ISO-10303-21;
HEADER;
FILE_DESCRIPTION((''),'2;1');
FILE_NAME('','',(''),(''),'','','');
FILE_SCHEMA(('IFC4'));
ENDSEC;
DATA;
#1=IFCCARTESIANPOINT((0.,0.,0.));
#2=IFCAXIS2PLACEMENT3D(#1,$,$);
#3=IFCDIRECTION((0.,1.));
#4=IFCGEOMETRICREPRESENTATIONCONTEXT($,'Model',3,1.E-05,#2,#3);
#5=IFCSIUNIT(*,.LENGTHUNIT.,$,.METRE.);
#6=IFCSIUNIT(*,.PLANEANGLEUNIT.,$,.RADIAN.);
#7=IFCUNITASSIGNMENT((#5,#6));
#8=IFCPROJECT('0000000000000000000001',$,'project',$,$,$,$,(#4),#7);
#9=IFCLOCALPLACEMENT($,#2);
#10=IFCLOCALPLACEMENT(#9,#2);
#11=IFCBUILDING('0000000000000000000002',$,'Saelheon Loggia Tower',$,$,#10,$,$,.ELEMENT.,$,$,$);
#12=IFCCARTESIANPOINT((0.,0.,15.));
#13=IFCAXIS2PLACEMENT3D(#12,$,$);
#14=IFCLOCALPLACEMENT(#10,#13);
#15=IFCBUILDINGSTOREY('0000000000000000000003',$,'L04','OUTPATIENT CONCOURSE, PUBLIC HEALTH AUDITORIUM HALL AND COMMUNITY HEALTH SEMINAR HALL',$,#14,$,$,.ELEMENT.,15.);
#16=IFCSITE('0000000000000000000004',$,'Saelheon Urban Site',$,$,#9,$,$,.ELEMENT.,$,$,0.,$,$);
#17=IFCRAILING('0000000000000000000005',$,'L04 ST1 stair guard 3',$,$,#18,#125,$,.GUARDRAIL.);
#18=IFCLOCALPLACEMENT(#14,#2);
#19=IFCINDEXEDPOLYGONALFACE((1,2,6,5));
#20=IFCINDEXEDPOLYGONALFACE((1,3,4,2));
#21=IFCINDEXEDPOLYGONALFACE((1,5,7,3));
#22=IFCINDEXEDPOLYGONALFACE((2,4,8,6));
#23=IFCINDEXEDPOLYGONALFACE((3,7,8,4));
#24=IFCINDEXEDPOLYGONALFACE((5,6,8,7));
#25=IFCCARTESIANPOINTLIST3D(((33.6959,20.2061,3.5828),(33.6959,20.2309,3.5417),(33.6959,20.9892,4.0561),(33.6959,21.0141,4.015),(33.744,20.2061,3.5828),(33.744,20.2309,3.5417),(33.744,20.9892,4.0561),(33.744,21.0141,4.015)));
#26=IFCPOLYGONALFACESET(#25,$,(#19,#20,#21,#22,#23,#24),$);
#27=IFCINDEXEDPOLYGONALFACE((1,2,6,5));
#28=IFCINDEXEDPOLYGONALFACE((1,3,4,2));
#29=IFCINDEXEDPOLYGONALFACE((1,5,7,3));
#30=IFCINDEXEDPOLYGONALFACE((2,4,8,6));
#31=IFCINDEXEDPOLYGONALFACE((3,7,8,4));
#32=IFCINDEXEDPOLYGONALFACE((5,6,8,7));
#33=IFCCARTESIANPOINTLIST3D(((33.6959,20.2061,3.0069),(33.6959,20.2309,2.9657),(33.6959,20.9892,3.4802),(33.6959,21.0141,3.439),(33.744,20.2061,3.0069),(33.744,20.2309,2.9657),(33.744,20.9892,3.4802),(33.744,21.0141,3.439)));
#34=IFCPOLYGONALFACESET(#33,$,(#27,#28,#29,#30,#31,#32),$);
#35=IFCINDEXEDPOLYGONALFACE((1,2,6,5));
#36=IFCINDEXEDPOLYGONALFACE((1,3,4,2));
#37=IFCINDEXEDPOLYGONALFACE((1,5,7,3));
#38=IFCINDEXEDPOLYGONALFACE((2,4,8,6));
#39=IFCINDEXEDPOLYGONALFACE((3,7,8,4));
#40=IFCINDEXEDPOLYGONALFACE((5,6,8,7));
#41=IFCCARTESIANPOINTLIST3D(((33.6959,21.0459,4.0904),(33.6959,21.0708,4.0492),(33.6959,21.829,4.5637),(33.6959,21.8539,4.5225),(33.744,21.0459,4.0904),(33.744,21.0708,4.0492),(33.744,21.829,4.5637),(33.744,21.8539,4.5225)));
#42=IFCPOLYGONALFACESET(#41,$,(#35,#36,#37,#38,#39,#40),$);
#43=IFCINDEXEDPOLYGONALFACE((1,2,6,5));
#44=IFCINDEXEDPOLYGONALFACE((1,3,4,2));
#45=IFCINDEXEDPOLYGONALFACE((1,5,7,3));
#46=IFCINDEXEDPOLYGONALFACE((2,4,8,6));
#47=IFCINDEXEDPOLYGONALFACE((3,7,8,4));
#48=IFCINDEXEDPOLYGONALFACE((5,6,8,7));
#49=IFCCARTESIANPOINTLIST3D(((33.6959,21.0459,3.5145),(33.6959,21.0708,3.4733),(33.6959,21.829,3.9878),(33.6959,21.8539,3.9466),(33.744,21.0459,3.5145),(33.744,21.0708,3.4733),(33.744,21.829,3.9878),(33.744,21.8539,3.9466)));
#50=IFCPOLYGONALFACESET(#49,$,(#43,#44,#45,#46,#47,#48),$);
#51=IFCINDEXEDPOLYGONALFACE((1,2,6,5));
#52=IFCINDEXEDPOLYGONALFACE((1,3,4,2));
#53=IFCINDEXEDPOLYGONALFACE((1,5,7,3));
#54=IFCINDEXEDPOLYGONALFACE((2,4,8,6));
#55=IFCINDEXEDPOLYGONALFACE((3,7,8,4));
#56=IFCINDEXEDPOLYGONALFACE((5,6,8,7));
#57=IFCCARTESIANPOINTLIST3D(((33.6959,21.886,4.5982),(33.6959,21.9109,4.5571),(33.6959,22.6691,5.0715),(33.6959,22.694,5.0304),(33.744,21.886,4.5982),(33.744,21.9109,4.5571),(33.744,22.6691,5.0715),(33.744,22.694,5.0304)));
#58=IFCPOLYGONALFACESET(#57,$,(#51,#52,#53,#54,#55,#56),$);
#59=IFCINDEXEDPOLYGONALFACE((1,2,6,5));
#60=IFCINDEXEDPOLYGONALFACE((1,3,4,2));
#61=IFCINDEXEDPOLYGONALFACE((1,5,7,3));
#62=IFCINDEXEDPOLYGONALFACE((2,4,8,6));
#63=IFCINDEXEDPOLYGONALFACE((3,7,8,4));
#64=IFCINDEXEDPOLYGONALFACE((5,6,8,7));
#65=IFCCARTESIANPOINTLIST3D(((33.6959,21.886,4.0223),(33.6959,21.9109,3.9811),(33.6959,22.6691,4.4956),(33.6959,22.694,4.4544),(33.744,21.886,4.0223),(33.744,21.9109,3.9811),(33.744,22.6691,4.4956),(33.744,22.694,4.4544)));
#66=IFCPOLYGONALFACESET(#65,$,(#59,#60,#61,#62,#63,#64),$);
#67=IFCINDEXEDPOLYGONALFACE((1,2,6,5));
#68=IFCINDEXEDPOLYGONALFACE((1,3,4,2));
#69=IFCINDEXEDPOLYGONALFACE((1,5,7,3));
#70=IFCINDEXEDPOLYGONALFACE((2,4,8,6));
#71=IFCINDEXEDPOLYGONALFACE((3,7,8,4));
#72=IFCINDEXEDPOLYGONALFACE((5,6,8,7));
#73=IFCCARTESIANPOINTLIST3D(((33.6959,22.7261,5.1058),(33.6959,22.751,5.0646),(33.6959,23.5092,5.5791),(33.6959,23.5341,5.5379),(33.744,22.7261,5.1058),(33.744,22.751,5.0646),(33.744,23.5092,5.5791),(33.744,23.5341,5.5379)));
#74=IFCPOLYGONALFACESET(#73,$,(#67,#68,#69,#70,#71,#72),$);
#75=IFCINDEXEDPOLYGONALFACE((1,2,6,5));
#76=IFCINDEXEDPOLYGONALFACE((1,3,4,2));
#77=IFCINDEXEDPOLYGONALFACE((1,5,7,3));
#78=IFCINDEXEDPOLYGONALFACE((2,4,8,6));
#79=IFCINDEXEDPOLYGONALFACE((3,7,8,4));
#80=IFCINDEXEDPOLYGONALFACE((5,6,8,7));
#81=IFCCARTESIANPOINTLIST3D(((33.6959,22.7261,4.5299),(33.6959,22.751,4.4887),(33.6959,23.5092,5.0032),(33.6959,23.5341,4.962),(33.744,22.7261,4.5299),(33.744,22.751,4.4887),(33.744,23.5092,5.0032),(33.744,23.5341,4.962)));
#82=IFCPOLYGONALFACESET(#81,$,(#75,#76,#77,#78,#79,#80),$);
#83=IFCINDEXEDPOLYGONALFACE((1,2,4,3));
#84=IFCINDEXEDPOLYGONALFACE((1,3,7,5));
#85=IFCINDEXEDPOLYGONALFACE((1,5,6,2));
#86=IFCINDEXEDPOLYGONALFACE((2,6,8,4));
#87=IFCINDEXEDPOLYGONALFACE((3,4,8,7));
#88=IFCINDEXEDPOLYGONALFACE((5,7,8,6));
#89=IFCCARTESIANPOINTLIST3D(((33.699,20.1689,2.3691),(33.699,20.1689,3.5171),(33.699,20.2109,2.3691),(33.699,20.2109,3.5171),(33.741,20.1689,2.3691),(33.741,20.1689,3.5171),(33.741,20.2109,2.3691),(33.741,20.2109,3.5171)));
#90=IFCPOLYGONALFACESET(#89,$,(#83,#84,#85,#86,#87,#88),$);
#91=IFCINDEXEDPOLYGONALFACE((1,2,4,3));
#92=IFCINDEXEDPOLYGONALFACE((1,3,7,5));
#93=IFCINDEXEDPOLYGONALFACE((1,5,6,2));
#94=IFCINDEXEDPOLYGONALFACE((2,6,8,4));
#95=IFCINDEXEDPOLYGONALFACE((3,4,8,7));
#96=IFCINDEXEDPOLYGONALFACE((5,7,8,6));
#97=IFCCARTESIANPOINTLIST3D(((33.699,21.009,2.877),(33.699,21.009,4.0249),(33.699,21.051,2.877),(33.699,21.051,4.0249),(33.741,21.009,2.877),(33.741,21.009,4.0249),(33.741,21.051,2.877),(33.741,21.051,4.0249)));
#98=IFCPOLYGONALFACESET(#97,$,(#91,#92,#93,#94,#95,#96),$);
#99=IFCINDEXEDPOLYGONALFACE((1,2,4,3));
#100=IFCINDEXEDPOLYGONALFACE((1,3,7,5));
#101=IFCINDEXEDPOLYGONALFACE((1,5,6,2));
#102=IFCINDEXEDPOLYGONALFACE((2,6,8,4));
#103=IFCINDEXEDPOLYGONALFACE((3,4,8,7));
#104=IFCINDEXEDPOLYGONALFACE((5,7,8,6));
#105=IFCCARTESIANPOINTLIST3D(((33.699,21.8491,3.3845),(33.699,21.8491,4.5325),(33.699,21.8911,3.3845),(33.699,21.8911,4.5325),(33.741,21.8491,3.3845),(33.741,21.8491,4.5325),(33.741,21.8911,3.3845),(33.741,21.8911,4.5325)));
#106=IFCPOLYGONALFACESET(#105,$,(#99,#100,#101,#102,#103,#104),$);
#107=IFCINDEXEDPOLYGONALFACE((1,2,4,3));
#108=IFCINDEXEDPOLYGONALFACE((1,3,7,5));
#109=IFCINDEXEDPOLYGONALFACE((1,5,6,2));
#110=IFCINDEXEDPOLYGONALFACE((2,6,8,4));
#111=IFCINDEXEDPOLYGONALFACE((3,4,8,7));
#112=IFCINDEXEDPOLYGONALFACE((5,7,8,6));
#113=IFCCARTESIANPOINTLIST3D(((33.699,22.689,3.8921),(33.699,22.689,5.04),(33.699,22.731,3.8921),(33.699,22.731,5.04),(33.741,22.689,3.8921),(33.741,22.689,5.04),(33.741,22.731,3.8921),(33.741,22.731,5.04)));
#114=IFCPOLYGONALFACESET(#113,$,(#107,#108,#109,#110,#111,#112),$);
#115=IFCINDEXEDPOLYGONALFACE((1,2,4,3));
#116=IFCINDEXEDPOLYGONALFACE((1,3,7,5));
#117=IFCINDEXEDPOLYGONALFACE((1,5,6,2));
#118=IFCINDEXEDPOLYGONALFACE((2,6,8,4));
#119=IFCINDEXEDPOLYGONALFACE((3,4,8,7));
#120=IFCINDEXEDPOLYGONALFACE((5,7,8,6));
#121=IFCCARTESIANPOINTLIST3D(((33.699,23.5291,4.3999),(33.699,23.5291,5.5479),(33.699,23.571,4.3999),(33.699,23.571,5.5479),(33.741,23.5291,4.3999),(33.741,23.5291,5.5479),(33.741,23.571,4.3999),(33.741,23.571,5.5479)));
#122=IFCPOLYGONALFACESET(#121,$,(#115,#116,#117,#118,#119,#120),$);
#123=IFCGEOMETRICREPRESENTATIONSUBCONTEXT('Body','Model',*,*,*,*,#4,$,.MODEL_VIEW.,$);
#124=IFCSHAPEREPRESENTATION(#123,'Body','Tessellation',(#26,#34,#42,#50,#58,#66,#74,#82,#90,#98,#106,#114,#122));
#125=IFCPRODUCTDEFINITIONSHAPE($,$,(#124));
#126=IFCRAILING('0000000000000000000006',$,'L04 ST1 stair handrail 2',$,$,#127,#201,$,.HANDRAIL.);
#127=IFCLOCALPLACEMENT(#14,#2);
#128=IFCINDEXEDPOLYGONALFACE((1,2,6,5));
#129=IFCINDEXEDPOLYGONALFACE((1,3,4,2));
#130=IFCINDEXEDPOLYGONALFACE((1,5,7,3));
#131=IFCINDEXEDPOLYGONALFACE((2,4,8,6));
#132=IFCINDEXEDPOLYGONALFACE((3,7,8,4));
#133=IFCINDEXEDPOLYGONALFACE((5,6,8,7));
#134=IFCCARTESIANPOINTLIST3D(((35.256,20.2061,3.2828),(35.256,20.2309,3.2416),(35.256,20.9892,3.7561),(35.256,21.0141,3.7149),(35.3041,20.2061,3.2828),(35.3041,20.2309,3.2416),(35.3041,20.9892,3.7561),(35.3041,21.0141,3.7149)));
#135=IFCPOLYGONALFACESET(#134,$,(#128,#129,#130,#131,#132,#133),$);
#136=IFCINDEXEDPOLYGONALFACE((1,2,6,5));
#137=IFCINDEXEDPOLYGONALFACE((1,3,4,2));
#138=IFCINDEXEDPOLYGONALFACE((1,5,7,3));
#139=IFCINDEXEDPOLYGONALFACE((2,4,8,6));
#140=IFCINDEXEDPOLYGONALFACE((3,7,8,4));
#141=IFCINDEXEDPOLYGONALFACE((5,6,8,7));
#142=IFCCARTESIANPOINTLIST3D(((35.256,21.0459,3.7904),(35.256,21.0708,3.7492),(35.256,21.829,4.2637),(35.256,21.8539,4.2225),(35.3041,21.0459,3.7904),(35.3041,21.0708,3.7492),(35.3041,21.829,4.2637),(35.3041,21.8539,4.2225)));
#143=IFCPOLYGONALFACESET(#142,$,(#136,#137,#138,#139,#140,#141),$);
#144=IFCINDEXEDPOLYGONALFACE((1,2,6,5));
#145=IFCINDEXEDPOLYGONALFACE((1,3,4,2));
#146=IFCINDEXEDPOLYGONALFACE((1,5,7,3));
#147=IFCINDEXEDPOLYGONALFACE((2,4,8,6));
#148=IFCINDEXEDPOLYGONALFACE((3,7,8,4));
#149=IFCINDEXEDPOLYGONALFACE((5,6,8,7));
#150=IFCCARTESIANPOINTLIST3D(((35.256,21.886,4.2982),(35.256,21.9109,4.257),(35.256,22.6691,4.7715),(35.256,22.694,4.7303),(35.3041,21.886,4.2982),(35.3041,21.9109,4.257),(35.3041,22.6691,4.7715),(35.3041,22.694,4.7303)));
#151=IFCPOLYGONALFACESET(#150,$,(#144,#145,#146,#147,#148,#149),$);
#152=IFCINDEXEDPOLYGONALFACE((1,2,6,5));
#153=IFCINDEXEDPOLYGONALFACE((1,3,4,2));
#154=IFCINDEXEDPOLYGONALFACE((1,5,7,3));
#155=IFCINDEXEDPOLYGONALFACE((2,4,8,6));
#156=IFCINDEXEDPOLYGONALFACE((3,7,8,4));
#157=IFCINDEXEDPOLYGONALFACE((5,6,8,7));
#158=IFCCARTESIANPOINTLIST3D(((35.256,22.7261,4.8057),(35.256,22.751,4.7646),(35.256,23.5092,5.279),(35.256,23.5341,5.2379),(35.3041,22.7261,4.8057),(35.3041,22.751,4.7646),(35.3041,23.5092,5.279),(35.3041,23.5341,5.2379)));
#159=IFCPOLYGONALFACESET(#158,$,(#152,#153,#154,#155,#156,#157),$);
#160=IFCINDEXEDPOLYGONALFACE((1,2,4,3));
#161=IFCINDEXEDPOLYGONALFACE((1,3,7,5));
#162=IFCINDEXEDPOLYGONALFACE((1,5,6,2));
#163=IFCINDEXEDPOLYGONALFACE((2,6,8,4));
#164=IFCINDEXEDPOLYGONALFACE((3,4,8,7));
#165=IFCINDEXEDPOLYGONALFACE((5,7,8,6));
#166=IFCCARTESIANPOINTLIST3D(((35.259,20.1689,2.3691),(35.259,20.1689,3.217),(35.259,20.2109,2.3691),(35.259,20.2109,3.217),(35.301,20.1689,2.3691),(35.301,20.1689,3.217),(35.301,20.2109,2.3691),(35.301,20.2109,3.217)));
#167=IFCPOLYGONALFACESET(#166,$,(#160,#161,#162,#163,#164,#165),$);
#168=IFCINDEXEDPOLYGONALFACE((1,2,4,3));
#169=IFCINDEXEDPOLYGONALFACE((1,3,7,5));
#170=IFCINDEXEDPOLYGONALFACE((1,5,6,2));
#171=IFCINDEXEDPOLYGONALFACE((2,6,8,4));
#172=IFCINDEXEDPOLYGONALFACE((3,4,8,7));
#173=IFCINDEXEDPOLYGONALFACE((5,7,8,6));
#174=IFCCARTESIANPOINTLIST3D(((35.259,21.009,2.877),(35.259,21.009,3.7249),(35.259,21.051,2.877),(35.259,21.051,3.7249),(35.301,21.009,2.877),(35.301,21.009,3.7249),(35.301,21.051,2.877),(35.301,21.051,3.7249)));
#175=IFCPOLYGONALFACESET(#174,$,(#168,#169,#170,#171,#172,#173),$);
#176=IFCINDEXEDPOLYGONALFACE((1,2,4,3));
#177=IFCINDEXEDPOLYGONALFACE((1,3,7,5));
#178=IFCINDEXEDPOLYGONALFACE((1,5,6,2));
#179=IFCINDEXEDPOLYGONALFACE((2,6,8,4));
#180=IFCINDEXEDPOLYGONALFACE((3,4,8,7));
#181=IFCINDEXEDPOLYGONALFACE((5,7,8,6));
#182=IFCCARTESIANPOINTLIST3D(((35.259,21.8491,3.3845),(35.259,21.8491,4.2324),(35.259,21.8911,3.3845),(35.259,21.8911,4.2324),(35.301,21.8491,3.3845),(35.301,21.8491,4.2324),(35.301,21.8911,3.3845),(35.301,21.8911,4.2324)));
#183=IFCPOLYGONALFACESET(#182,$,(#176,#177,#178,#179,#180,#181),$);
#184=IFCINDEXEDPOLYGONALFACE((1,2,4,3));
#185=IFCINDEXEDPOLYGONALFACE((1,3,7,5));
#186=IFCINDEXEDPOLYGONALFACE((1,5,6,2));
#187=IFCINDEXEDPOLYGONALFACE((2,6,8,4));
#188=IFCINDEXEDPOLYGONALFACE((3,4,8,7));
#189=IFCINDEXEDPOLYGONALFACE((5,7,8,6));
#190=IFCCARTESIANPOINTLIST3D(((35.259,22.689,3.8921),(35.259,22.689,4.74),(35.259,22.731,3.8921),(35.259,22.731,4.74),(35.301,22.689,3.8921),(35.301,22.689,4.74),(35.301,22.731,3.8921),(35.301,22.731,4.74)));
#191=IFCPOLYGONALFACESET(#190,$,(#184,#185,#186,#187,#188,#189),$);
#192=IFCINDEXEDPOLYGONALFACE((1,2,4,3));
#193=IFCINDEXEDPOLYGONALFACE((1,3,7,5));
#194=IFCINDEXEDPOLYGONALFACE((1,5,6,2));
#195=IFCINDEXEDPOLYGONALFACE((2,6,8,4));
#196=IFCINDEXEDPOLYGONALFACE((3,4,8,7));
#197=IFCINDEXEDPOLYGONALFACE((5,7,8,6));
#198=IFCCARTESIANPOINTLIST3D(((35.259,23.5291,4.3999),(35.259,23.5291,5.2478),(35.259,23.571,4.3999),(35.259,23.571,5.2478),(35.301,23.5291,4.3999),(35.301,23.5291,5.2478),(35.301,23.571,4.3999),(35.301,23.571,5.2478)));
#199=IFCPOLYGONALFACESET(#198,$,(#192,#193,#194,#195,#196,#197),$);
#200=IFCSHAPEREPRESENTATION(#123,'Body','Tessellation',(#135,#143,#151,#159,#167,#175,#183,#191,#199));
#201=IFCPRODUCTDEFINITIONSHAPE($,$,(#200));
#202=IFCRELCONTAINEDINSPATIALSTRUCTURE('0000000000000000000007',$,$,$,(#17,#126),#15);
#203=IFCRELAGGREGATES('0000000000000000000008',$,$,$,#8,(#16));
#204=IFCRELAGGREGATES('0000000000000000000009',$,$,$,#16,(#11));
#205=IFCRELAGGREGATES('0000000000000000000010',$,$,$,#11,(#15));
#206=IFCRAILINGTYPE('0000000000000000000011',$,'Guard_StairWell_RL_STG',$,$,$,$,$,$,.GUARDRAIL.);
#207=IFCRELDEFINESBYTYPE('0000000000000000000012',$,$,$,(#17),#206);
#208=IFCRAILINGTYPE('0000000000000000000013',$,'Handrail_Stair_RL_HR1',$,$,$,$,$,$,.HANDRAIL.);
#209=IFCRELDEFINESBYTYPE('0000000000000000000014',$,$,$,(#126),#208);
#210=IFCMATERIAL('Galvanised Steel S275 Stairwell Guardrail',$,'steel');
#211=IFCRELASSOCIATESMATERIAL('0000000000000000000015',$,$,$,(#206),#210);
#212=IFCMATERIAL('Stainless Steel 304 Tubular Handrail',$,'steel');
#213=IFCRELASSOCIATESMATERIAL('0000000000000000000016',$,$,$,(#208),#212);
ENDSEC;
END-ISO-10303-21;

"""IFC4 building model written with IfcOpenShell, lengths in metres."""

from ifc_helpers import new_model, si_unit, direction, frame, origin, origin_2d, place, context, subcontext, project, spatial, rectangle, extrude, material, type_object, element, save


model = new_model("IFC4")

# Units and contexts
model_context = context("Model", 3, precision=1e-05, world=origin(), true_north=direction((0.0, 1.0)))
body_context = subcontext(model_context, "Body", "Model", "MODEL_VIEW")
ifc_project = project(units=[si_unit("LENGTHUNIT", "METRE"), si_unit("PLANEANGLEUNIT", "RADIAN")], contexts=[model_context])

# Site, building, storey
site_placement = place(None, origin())
site = spatial("IfcSite", under=ifc_project, at=site_placement, Name="Saelheon Urban Site", CompositionType="ELEMENT", RefElevation=0.0)
building_placement = place(site_placement, origin())
building = spatial("IfcBuilding", under=site, at=building_placement, Name="Saelheon Loggia Tower", CompositionType="ELEMENT")
storey_placement = place(building_placement, frame((0.0, 0.0, 15.0)))
storey = spatial("IfcBuildingStorey", under=building, at=storey_placement, Name="L04", Description="OUTPATIENT CONCOURSE, PUBLIC HEALTH AUDITORIUM HALL AND COMMUNITY HEALTH SEMINAR HALL", CompositionType="ELEMENT", Elevation=15.0)

# Railings
ifc_material_1 = material(Name="Galvanised Steel S275 Stairwell Guardrail", Category="steel")
railing_type_1 = type_object("IfcRailingType", Name="Guard_StairWell_RL_STG", PredefinedType="GUARDRAIL", material=ifc_material_1)
railing_1_placement = place(storey_placement, frame((33.72, 20.1899, 2.3691)))
element("IfcRailing", 1, at=railing_1_placement, inside=storey, type_object=railing_type_1, Name="L04 ST1 stair guard 3", PredefinedType="GUARDRAIL", context=body_context, shape_type="SweptSolid", body=[
    extrude(rectangle(XDim=0.0481, YDim=0.0481, at=origin_2d()), frame((0.0, 0.0286, 1.1931), z_axis=(0.0, 0.855837, 0.517246), x_axis=(-1.0, 0.0, 0.0)), (0.0, 0.0, 1.0), 0.915),
    extrude(rectangle(XDim=0.0481, YDim=0.0481, at=origin_2d()), frame((0.0, 0.0286, 0.6172), z_axis=(0.0, 0.855837, 0.517246), x_axis=(-1.0, 0.0, 0.0)), (0.0, 0.0, 1.0), 0.915),
    extrude(rectangle(XDim=0.0481, YDim=0.0481, at=origin_2d()), frame((0.0, 0.8684, 1.7007), z_axis=(0.0, 0.855837, 0.517246), x_axis=(-1.0, 0.0, 0.0)), (0.0, 0.0, 1.0), 0.915),
    extrude(rectangle(XDim=0.0481, YDim=0.0481, at=origin_2d()), frame((0.0, 0.8684, 1.1248), z_axis=(0.0, 0.855837, 0.517246), x_axis=(-1.0, 0.0, 0.0)), (0.0, 0.0, 1.0), 0.915),
    extrude(rectangle(XDim=0.0481, YDim=0.0481, at=origin_2d()), frame((0.0, 1.7085, 2.2085), z_axis=(0.0, 0.855837, 0.517246), x_axis=(-1.0, 0.0, 0.0)), (0.0, 0.0, 1.0), 0.915),
    extrude(rectangle(XDim=0.0481, YDim=0.0481, at=origin_2d()), frame((0.0, 1.7085, 1.6326), z_axis=(0.0, 0.855837, 0.517246), x_axis=(-1.0, 0.0, 0.0)), (0.0, 0.0, 1.0), 0.915),
    extrude(rectangle(XDim=0.0481, YDim=0.0481, at=origin_2d()), frame((0.0, 2.5486, 2.7161), z_axis=(0.0, 0.855837, 0.517246), x_axis=(-1.0, 0.0, 0.0)), (0.0, 0.0, 1.0), 0.915),
    extrude(rectangle(XDim=0.0481, YDim=0.0481, at=origin_2d()), frame((0.0, 2.5486, 2.1401), z_axis=(0.0, 0.855837, 0.517246), x_axis=(-1.0, 0.0, 0.0)), (0.0, 0.0, 1.0), 0.915),
    extrude(rectangle(XDim=0.042, YDim=0.042, at=origin_2d()), origin(), (0.0, 0.0, 1.0), 1.1479),
    extrude(rectangle(XDim=0.042, YDim=0.042, at=origin_2d()), frame((0.0, 0.8401, 0.5078)), (0.0, 0.0, 1.0), 1.1479),
    extrude(rectangle(XDim=0.042, YDim=0.042, at=origin_2d()), frame((0.0, 1.6802, 1.0154)), (0.0, 0.0, 1.0), 1.1479),
    extrude(rectangle(XDim=0.042, YDim=0.042, at=origin_2d()), frame((0.0, 2.52, 1.5229)), (0.0, 0.0, 1.0), 1.1479),
    extrude(rectangle(XDim=0.042, YDim=0.042, at=origin_2d()), frame((0.0, 3.3601, 2.0308)), (0.0, 0.0, 1.0), 1.1479),
])
ifc_material_2 = material(Name="Stainless Steel 304 Tubular Handrail", Category="steel")
railing_type_2 = type_object("IfcRailingType", Name="Handrail_Stair_RL_HR1", PredefinedType="HANDRAIL", material=ifc_material_2)
railing_2_placement = place(storey_placement, frame((35.28, 20.1899, 2.3691)))
element("IfcRailing", 2, at=railing_2_placement, inside=storey, type_object=railing_type_2, Name="L04 ST1 stair handrail 2", PredefinedType="HANDRAIL", context=body_context, shape_type="SweptSolid", body=[
    extrude(rectangle(XDim=0.0481, YDim=0.0481, at=origin_2d()), frame((0.0, 0.0286, 0.8931), z_axis=(0.0, 0.855837, 0.517246), x_axis=(-1.0, 0.0, 0.0)), (0.0, 0.0, 1.0), 0.915),
    extrude(rectangle(XDim=0.0481, YDim=0.0481, at=origin_2d()), frame((0.0, 0.8684, 1.4006), z_axis=(0.0, 0.855837, 0.517246), x_axis=(-1.0, 0.0, 0.0)), (0.0, 0.0, 1.0), 0.915),
    extrude(rectangle(XDim=0.0481, YDim=0.0481, at=origin_2d()), frame((0.0, 1.7085, 1.9084), z_axis=(0.0, 0.855837, 0.517246), x_axis=(-1.0, 0.0, 0.0)), (0.0, 0.0, 1.0), 0.915),
    extrude(rectangle(XDim=0.0481, YDim=0.0481, at=origin_2d()), frame((0.0, 2.5486, 2.416), z_axis=(0.0, 0.855837, 0.517246), x_axis=(-1.0, 0.0, 0.0)), (0.0, 0.0, 1.0), 0.915),
    extrude(rectangle(XDim=0.042, YDim=0.042, at=origin_2d()), origin(), (0.0, 0.0, 1.0), 0.8479),
    extrude(rectangle(XDim=0.042, YDim=0.042, at=origin_2d()), frame((0.0, 0.8401, 0.5078)), (0.0, 0.0, 1.0), 0.8479),
    extrude(rectangle(XDim=0.042, YDim=0.042, at=origin_2d()), frame((0.0, 1.6802, 1.0154)), (0.0, 0.0, 1.0), 0.8479),
    extrude(rectangle(XDim=0.042, YDim=0.042, at=origin_2d()), frame((0.0, 2.52, 1.5229)), (0.0, 0.0, 1.0), 0.8479),
    extrude(rectangle(XDim=0.042, YDim=0.042, at=origin_2d()), frame((0.0, 3.3601, 2.0308)), (0.0, 0.0, 1.0), 0.8479),
])

save(model, "model.ifc")
